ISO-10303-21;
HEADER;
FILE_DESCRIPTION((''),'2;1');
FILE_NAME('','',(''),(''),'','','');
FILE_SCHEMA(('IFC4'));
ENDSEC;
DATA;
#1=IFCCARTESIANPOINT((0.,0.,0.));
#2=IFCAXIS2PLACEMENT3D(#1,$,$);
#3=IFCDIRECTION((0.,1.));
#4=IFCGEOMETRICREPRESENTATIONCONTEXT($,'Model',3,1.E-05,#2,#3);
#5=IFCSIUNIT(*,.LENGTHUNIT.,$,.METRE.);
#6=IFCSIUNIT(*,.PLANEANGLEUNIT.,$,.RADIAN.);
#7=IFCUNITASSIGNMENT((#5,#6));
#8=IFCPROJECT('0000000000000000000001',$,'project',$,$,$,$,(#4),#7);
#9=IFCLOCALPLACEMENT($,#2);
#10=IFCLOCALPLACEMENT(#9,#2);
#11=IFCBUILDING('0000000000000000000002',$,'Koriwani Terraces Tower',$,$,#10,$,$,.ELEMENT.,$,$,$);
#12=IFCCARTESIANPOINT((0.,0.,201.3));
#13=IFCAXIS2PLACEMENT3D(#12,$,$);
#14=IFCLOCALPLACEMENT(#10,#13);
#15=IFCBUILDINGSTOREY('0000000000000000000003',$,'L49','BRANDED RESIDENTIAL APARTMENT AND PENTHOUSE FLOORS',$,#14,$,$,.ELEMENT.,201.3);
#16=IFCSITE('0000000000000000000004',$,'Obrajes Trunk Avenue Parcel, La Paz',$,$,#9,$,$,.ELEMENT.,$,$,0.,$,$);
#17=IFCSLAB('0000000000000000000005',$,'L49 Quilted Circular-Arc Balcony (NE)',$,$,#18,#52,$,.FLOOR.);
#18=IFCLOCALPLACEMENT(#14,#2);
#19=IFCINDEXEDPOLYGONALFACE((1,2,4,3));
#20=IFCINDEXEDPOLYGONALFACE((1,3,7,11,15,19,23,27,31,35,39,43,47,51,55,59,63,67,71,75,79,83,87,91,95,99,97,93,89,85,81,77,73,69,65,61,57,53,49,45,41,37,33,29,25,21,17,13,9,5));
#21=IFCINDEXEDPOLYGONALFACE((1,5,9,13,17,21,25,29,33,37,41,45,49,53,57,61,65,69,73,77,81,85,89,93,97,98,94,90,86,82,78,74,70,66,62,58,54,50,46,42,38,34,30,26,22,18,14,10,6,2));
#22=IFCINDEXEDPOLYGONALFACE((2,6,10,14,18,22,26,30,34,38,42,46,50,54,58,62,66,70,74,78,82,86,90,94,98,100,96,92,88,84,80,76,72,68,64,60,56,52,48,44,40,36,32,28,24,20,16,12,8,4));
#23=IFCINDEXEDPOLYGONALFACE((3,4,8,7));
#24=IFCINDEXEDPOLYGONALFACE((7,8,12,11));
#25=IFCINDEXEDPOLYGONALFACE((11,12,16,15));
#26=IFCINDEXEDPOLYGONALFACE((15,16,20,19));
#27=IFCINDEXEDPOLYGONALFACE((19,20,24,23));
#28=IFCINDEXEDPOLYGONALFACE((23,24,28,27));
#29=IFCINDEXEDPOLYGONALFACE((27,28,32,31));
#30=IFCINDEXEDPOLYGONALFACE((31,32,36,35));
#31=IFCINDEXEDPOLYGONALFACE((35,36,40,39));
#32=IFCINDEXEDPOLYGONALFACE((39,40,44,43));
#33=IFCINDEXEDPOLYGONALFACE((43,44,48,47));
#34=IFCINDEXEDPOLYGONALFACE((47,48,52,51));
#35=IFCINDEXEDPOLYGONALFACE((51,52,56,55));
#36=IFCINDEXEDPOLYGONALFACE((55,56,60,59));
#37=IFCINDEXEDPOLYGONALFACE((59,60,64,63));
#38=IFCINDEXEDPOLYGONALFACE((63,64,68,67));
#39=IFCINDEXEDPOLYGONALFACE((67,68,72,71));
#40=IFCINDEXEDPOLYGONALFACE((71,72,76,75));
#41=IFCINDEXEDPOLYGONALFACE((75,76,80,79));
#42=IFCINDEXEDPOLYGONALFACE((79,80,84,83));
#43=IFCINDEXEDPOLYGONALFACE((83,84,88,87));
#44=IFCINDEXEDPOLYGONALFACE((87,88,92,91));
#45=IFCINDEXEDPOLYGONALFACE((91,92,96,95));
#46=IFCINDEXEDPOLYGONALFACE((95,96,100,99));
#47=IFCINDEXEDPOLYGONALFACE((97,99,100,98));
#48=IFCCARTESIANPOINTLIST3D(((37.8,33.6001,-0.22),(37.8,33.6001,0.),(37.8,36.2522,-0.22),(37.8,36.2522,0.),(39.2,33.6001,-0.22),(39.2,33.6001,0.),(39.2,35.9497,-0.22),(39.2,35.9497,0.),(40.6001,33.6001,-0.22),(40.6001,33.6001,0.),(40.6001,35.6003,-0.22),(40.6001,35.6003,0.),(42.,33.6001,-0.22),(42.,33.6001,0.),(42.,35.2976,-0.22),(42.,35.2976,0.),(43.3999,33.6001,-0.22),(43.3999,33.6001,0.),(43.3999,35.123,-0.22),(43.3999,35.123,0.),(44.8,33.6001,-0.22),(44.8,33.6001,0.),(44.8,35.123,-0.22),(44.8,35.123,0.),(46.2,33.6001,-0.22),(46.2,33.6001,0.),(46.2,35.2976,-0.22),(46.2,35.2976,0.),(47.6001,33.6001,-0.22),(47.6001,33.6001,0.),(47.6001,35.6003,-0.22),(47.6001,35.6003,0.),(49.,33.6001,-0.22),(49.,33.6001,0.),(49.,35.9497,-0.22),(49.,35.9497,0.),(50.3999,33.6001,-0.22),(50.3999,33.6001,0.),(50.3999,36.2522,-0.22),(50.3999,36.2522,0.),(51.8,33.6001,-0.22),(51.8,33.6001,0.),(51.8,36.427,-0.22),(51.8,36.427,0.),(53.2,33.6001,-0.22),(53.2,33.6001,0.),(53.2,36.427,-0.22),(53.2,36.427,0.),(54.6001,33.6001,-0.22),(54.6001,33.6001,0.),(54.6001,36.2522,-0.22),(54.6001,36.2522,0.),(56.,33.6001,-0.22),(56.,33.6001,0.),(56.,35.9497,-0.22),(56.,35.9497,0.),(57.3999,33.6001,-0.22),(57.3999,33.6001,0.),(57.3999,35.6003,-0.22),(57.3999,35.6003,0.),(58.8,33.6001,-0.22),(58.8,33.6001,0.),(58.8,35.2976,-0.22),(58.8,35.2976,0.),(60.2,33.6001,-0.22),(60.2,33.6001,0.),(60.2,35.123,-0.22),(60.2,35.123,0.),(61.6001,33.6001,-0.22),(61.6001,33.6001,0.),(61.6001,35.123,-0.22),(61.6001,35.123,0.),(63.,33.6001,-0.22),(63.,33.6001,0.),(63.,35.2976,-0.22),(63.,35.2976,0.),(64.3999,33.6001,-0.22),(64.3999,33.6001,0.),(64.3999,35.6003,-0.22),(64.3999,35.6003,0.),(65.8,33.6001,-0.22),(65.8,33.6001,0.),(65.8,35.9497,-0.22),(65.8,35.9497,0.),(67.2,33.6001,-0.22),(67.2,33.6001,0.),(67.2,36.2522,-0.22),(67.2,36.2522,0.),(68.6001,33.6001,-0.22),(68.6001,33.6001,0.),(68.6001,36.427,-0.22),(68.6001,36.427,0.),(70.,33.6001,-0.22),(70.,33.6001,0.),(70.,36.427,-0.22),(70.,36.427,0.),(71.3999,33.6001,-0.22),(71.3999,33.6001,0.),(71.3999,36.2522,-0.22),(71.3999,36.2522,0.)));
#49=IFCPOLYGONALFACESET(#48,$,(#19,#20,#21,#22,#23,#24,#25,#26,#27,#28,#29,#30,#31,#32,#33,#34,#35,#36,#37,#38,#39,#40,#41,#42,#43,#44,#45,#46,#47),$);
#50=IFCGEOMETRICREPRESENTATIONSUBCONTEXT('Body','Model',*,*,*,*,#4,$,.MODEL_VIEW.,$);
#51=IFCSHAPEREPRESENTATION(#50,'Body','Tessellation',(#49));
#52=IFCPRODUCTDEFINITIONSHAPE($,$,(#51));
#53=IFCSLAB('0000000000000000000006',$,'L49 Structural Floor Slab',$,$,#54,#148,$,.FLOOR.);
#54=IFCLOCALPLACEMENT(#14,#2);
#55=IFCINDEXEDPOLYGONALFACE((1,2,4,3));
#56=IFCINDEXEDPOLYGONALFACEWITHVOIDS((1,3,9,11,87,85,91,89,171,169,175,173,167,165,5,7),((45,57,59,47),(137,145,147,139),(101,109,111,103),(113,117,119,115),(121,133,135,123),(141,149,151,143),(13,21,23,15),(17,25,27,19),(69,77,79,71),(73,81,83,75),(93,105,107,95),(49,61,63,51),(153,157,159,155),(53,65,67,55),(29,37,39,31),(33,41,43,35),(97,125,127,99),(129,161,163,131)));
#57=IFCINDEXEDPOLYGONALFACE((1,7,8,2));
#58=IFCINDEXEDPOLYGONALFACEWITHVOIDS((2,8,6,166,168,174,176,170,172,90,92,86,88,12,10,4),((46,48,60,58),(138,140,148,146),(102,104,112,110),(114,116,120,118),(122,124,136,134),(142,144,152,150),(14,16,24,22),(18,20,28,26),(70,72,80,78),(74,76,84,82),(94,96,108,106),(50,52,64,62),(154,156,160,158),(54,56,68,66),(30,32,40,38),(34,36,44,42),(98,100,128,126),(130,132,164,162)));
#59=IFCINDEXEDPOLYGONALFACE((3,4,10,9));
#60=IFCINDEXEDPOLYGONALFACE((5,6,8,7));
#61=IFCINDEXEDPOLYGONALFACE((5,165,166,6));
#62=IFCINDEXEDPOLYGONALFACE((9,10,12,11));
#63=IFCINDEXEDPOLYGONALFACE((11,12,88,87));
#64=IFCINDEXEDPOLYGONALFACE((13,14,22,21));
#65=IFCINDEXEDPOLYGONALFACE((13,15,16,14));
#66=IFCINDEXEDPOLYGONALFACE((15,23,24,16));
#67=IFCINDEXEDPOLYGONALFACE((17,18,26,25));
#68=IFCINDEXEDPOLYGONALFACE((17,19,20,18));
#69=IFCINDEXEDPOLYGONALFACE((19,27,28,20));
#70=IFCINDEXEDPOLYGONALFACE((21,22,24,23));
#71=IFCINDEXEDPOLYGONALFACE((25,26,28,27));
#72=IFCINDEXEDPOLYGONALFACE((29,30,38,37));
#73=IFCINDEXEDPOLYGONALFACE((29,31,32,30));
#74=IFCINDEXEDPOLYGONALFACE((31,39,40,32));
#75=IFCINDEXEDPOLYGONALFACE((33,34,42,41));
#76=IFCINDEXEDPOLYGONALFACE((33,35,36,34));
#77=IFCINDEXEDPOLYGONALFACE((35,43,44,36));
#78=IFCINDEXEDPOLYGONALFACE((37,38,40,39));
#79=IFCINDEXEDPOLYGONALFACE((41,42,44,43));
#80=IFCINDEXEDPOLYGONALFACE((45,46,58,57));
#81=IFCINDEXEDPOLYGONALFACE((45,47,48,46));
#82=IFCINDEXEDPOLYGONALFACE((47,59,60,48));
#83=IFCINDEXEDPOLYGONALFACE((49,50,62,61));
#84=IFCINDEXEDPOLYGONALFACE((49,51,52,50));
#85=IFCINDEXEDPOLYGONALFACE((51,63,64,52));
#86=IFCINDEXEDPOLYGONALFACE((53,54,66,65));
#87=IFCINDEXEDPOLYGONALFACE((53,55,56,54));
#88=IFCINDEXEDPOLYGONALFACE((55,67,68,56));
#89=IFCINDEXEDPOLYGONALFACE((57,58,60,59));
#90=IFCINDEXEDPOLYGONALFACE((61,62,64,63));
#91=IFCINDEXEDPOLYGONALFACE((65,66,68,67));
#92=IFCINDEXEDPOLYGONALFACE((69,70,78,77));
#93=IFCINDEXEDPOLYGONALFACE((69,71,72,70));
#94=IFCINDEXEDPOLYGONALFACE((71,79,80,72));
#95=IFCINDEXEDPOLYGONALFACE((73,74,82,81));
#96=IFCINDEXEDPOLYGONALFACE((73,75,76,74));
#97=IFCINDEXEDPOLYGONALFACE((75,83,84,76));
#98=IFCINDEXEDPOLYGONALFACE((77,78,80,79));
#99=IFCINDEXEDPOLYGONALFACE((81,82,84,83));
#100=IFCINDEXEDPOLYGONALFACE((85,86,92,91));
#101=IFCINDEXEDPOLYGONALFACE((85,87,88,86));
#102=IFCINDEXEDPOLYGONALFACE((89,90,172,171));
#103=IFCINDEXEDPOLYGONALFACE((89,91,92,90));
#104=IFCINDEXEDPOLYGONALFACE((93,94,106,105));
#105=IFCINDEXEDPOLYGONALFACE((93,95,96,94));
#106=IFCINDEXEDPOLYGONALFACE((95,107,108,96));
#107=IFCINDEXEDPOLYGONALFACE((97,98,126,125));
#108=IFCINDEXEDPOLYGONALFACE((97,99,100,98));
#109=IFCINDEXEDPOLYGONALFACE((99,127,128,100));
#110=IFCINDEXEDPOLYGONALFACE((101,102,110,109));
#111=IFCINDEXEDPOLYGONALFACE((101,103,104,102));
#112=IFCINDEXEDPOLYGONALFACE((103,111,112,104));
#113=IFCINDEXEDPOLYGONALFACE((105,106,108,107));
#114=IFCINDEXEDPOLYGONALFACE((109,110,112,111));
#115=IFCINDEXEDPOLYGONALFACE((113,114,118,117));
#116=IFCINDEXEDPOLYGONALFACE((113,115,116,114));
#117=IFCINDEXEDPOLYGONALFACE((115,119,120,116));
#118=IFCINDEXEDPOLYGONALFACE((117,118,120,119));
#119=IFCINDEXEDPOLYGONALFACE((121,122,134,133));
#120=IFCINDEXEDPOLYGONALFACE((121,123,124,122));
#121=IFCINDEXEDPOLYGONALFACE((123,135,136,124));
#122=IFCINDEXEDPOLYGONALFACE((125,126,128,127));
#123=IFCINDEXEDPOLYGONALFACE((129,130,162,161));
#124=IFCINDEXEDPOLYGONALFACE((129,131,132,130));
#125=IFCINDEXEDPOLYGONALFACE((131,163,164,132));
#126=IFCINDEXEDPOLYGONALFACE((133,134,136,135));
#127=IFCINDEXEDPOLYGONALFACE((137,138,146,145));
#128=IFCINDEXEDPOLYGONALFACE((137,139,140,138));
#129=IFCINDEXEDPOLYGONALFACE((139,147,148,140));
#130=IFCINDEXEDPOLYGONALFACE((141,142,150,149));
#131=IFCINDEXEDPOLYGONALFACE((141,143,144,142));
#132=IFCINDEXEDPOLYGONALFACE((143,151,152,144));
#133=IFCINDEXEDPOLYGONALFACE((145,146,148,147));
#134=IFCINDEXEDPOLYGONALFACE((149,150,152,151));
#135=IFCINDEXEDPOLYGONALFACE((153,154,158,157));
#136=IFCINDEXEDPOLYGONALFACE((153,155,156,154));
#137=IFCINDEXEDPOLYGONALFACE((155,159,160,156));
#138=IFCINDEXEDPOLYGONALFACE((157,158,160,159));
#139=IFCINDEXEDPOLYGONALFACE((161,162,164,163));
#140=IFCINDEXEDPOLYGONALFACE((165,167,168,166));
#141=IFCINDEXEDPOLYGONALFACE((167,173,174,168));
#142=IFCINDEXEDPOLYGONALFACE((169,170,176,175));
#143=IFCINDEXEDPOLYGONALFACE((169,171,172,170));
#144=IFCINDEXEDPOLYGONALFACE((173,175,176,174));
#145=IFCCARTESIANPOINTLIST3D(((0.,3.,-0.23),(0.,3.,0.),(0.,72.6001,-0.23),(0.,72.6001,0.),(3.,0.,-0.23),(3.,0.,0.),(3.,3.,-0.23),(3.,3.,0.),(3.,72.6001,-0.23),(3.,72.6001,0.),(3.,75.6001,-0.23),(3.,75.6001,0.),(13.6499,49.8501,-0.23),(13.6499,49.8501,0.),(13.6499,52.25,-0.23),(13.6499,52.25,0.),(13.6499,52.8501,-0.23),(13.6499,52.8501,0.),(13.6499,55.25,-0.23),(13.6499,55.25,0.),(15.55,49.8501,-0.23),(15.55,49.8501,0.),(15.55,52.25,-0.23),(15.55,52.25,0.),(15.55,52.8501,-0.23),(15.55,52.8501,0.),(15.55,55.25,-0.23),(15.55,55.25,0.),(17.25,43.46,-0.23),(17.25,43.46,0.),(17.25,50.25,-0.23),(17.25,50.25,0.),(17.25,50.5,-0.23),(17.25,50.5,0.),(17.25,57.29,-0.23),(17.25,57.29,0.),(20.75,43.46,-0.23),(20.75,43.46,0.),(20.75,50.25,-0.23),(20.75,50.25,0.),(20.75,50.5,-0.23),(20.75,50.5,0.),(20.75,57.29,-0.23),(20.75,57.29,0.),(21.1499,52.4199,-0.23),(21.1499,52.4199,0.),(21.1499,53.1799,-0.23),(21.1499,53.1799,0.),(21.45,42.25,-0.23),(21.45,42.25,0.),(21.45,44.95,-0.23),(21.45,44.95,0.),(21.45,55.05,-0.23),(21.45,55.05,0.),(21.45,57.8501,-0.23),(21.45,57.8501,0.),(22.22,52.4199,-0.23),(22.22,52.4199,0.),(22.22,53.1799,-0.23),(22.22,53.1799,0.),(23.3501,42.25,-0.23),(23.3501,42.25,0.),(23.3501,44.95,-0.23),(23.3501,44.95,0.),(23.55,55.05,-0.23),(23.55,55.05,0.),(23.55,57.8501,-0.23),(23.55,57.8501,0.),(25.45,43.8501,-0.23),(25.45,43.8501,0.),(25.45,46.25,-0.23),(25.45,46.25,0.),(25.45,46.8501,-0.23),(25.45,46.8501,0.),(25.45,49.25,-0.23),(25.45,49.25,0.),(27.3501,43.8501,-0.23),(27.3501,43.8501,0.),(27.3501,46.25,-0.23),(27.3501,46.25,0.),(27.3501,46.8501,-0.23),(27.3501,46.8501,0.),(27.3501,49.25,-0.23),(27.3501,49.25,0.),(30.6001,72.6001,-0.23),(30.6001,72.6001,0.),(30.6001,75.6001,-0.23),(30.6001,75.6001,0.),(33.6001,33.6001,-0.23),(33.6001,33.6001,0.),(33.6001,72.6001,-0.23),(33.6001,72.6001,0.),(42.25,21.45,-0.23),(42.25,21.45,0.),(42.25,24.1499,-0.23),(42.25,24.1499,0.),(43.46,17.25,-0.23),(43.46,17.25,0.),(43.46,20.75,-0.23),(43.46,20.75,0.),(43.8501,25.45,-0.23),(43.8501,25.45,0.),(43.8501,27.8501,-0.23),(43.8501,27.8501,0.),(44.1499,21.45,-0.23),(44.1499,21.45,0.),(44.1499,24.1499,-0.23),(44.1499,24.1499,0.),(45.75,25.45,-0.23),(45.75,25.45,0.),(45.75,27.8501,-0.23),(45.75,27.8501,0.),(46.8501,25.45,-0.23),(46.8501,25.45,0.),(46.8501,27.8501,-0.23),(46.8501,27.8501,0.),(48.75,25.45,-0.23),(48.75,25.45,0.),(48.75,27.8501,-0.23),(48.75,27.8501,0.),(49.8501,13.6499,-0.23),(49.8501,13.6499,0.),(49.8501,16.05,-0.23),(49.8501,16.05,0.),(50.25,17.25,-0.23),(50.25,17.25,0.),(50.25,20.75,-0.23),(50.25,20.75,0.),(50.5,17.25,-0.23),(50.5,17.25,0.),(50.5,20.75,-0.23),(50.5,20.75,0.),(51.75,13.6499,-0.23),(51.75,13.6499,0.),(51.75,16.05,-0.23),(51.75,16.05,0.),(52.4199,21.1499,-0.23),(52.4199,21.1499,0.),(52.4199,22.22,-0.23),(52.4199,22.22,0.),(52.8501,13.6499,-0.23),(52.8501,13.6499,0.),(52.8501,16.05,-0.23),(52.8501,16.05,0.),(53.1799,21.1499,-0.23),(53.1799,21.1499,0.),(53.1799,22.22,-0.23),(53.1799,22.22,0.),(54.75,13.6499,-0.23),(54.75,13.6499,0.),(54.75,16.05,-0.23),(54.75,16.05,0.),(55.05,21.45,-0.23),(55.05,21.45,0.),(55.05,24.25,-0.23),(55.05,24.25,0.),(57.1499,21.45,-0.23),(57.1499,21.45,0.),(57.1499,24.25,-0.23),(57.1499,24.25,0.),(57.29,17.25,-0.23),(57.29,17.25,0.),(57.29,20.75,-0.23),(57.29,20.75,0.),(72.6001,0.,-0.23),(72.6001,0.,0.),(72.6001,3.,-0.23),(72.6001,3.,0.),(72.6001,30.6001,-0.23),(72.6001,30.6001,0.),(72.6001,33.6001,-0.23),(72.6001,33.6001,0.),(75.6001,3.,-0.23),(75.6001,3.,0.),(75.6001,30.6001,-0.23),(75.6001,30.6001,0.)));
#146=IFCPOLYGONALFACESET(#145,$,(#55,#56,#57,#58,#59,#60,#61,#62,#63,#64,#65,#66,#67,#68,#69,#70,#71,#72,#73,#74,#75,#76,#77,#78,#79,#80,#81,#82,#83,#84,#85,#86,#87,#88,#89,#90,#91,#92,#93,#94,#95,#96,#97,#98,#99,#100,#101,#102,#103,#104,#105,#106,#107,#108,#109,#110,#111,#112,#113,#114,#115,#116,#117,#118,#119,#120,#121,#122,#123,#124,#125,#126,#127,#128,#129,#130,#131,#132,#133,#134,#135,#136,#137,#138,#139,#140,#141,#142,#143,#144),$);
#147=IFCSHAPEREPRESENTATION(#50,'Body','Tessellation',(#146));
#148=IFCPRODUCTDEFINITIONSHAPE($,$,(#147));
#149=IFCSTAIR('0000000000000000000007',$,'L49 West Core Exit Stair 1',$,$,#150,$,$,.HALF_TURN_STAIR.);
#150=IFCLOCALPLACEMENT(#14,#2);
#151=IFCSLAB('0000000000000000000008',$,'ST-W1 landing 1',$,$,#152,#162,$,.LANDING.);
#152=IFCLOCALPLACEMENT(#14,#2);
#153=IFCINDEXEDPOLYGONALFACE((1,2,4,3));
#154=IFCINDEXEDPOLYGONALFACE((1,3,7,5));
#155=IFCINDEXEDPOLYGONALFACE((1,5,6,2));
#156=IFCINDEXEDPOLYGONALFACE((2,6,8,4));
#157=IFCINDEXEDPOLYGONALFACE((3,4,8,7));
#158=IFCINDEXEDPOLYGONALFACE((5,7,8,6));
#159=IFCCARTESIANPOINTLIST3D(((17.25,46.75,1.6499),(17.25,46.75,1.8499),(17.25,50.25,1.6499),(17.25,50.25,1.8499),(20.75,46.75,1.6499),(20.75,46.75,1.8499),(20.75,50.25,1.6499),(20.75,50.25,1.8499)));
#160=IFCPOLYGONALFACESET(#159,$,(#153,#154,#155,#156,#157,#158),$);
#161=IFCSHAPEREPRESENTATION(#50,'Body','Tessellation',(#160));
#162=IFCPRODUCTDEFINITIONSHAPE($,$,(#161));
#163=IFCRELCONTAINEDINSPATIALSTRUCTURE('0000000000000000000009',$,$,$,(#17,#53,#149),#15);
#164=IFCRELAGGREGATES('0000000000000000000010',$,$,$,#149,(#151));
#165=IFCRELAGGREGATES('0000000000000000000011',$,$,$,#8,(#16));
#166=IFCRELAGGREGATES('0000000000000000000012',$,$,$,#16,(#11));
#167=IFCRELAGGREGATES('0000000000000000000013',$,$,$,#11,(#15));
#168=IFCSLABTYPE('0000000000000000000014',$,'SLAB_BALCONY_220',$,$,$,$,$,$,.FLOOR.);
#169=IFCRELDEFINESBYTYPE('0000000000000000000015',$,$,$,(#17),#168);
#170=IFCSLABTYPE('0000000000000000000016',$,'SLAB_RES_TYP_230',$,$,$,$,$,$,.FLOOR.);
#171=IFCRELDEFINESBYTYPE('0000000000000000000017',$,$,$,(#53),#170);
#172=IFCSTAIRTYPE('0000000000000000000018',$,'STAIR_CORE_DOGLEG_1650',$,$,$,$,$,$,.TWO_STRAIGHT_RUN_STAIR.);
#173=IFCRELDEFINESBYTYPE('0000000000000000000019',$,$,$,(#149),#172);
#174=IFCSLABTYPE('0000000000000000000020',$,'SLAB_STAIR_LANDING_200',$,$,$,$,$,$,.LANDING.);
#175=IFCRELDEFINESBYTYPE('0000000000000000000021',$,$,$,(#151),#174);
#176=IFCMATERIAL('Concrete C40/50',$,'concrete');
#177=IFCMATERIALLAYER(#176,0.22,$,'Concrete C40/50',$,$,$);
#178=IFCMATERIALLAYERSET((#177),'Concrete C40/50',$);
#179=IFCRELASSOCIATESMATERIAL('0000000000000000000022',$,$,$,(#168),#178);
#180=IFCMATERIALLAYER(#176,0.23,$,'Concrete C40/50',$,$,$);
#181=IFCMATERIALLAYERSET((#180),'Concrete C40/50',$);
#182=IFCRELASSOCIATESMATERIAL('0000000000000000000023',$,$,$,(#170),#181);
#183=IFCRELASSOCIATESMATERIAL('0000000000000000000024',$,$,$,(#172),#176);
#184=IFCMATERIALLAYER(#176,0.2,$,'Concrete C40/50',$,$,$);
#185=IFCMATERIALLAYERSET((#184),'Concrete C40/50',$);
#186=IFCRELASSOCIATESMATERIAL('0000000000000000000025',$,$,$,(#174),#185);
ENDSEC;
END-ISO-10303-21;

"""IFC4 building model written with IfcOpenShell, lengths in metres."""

from ifc_helpers import new_model, si_unit, direction, frame, origin, place, context, subcontext, project, spatial, polyline, outline, extrude, material, layer, layer_set, type_object, element, aggregate, save


model = new_model("IFC4")

# Units and contexts
model_context = context("Model", 3, precision=1e-05, world=origin(), true_north=direction((0.0, 1.0)))
body_context = subcontext(model_context, "Body", "Model", "MODEL_VIEW")
ifc_project = project(units=[si_unit("LENGTHUNIT", "METRE"), si_unit("PLANEANGLEUNIT", "RADIAN")], contexts=[model_context])

# Site, building, storey
site_placement = place(None, origin())
site = spatial("IfcSite", under=ifc_project, at=site_placement, Name="Obrajes Trunk Avenue Parcel, La Paz", CompositionType="ELEMENT", RefElevation=0.0)
building_placement = place(site_placement, origin())
building = spatial("IfcBuilding", under=site, at=building_placement, Name="Koriwani Terraces Tower", CompositionType="ELEMENT")
storey_placement = place(building_placement, frame((0.0, 0.0, 201.3)))
storey = spatial("IfcBuildingStorey", under=building, at=storey_placement, Name="L49", Description="BRANDED RESIDENTIAL APARTMENT AND PENTHOUSE FLOORS", CompositionType="ELEMENT", Elevation=201.3)

# Shared definitions
ifc_material_1 = material(Name="Concrete C40/50", Category="concrete")

# Slabs
ifc_layer_1 = layer(ifc_material_1, 0.22, Name="Concrete C40/50")
ifc_layer_set_1 = layer_set([ifc_layer_1], Name="Concrete C40/50")
slab_type_1 = type_object("IfcSlabType", Name="SLAB_BALCONY_220", PredefinedType="FLOOR", material=ifc_layer_set_1)
slab_1_placement = place(storey_placement, frame((0.0, 0.0, -0.22)))
element("IfcSlab", 1, at=slab_1_placement, inside=storey, type_object=slab_type_1, Name="L49 Quilted Circular-Arc Balcony (NE)", PredefinedType="FLOOR", context=body_context, shape_type="SweptSolid", body=[
    extrude(outline(polyline([(71.3999, 33.6001), (70.0, 33.6001), (68.6001, 33.6001), (67.2, 33.6001), (65.8, 33.6001), (64.3999, 33.6001), (63.0, 33.6001), (61.6001, 33.6001), (60.2, 33.6001), (58.8, 33.6001), (57.3999, 33.6001), (56.0, 33.6001), (54.6001, 33.6001), (53.2, 33.6001), (51.8, 33.6001), (50.3999, 33.6001), (49.0, 33.6001), (47.6001, 33.6001), (46.2, 33.6001), (44.8, 33.6001), (43.3999, 33.6001), (42.0, 33.6001), (40.6001, 33.6001), (39.2, 33.6001), (37.8, 33.6001), (37.8, 36.2522), (39.2, 35.9497), (40.6001, 35.6003), (42.0, 35.2976), (43.3999, 35.123), (44.8, 35.123), (46.2, 35.2976), (47.6001, 35.6003), (49.0, 35.9497), (50.3999, 36.2522), (51.8, 36.427), (53.2, 36.427), (54.6001, 36.2522), (56.0, 35.9497), (57.3999, 35.6003), (58.8, 35.2976), (60.2, 35.123), (61.6001, 35.123), (63.0, 35.2976), (64.3999, 35.6003), (65.8, 35.9497), (67.2, 36.2522), (68.6001, 36.427), (70.0, 36.427), (71.3999, 36.2522), (71.3999, 33.6001)])), origin(), (0.0, 0.0, 1.0), 0.22),
])
ifc_layer_2 = layer(ifc_material_1, 0.23, Name="Concrete C40/50")
ifc_layer_set_2 = layer_set([ifc_layer_2], Name="Concrete C40/50")
slab_type_2 = type_object("IfcSlabType", Name="SLAB_RES_TYP_230", PredefinedType="FLOOR", material=ifc_layer_set_2)
slab_2_placement = place(storey_placement, frame((0.0, 0.0, -0.23)))
element("IfcSlab", 2, at=slab_2_placement, inside=storey, type_object=slab_type_2, Name="L49 Structural Floor Slab", PredefinedType="FLOOR", context=body_context, shape_type="SweptSolid", body=[
    extrude(outline(polyline([(3.0, 0.0), (72.6001, 0.0), (72.6001, 3.0), (75.6001, 3.0), (75.6001, 30.6001), (72.6001, 30.6001), (72.6001, 33.6001), (33.6001, 33.6001), (33.6001, 72.6001), (30.6001, 72.6001), (30.6001, 75.6001), (3.0, 75.6001), (3.0, 72.6001), (0.0, 72.6001), (0.0, 3.0), (3.0, 3.0), (3.0, 0.0)]), holes=[polyline([(17.25, 43.46), (20.75, 43.46), (20.75, 50.25), (17.25, 50.25), (17.25, 43.46)]), polyline([(17.25, 50.5), (20.75, 50.5), (20.75, 57.29), (17.25, 57.29), (17.25, 50.5)]), polyline([(43.46, 17.25), (50.25, 17.25), (50.25, 20.75), (43.46, 20.75), (43.46, 17.25)]), polyline([(50.5, 17.25), (57.29, 17.25), (57.29, 20.75), (50.5, 20.75), (50.5, 17.25)]), polyline([(13.6499, 49.8501), (15.55, 49.8501), (15.55, 52.25), (13.6499, 52.25), (13.6499, 49.8501)]), polyline([(13.6499, 52.8501), (15.55, 52.8501), (15.55, 55.25), (13.6499, 55.25), (13.6499, 52.8501)]), polyline([(49.8501, 13.6499), (51.75, 13.6499), (51.75, 16.05), (49.8501, 16.05), (49.8501, 13.6499)]), polyline([(52.8501, 13.6499), (54.75, 13.6499), (54.75, 16.05), (52.8501, 16.05), (52.8501, 13.6499)]), polyline([(25.45, 43.8501), (27.3501, 43.8501), (27.3501, 46.25), (25.45, 46.25), (25.45, 43.8501)]), polyline([(25.45, 46.8501), (27.3501, 46.8501), (27.3501, 49.25), (25.45, 49.25), (25.45, 46.8501)]), polyline([(43.8501, 25.45), (45.75, 25.45), (45.75, 27.8501), (43.8501, 27.8501), (43.8501, 25.45)]), polyline([(46.8501, 25.45), (48.75, 25.45), (48.75, 27.8501), (46.8501, 27.8501), (46.8501, 25.45)]), polyline([(21.45, 55.05), (23.55, 55.05), (23.55, 57.8501), (21.45, 57.8501), (21.45, 55.05)]), polyline([(55.05, 21.45), (57.1499, 21.45), (57.1499, 24.25), (55.05, 24.25), (55.05, 21.45)]), polyline([(21.45, 42.25), (23.3501, 42.25), (23.3501, 44.95), (21.45, 44.95), (21.45, 42.25)]), polyline([(42.25, 21.45), (44.1499, 21.45), (44.1499, 24.1499), (42.25, 24.1499), (42.25, 21.45)]), polyline([(21.1499, 52.4199), (22.22, 52.4199), (22.22, 53.1799), (21.1499, 53.1799), (21.1499, 52.4199)]), polyline([(52.4199, 21.1499), (53.1799, 21.1499), (53.1799, 22.22), (52.4199, 22.22), (52.4199, 21.1499)])]), origin(), (0.0, 0.0, 1.0), 0.23),
])

# Stair, slab
stair_type = type_object("IfcStairType", Name="STAIR_CORE_DOGLEG_1650", PredefinedType="TWO_STRAIGHT_RUN_STAIR", material=ifc_material_1)
stair_1_placement = place(storey_placement, origin())
stair_1 = element("IfcStair", 3, at=stair_1_placement, inside=storey, type_object=stair_type, Name="L49 West Core Exit Stair 1", PredefinedType="HALF_TURN_STAIR")
ifc_layer_3 = layer(ifc_material_1, 0.2, Name="Concrete C40/50")
ifc_layer_set_3 = layer_set([ifc_layer_3], Name="Concrete C40/50")
slab_type_3 = type_object("IfcSlabType", Name="SLAB_STAIR_LANDING_200", PredefinedType="LANDING", material=ifc_layer_set_3)
slab_3_placement = place(storey_placement, frame((0.0, 0.0, 1.6499)))
slab_3 = element("IfcSlab", 4, at=slab_3_placement, type_object=slab_type_3, Name="ST-W1 landing 1", PredefinedType="LANDING", context=body_context, shape_type="SweptSolid", body=[
    extrude(outline(polyline([(20.75, 46.75), (20.75, 50.25), (17.25, 50.25), (17.25, 46.75), (20.75, 46.75)])), origin(), (0.0, 0.0, 1.0), 0.2),
])
aggregate(stair_1, [slab_3])

save(model, "model.ifc")
